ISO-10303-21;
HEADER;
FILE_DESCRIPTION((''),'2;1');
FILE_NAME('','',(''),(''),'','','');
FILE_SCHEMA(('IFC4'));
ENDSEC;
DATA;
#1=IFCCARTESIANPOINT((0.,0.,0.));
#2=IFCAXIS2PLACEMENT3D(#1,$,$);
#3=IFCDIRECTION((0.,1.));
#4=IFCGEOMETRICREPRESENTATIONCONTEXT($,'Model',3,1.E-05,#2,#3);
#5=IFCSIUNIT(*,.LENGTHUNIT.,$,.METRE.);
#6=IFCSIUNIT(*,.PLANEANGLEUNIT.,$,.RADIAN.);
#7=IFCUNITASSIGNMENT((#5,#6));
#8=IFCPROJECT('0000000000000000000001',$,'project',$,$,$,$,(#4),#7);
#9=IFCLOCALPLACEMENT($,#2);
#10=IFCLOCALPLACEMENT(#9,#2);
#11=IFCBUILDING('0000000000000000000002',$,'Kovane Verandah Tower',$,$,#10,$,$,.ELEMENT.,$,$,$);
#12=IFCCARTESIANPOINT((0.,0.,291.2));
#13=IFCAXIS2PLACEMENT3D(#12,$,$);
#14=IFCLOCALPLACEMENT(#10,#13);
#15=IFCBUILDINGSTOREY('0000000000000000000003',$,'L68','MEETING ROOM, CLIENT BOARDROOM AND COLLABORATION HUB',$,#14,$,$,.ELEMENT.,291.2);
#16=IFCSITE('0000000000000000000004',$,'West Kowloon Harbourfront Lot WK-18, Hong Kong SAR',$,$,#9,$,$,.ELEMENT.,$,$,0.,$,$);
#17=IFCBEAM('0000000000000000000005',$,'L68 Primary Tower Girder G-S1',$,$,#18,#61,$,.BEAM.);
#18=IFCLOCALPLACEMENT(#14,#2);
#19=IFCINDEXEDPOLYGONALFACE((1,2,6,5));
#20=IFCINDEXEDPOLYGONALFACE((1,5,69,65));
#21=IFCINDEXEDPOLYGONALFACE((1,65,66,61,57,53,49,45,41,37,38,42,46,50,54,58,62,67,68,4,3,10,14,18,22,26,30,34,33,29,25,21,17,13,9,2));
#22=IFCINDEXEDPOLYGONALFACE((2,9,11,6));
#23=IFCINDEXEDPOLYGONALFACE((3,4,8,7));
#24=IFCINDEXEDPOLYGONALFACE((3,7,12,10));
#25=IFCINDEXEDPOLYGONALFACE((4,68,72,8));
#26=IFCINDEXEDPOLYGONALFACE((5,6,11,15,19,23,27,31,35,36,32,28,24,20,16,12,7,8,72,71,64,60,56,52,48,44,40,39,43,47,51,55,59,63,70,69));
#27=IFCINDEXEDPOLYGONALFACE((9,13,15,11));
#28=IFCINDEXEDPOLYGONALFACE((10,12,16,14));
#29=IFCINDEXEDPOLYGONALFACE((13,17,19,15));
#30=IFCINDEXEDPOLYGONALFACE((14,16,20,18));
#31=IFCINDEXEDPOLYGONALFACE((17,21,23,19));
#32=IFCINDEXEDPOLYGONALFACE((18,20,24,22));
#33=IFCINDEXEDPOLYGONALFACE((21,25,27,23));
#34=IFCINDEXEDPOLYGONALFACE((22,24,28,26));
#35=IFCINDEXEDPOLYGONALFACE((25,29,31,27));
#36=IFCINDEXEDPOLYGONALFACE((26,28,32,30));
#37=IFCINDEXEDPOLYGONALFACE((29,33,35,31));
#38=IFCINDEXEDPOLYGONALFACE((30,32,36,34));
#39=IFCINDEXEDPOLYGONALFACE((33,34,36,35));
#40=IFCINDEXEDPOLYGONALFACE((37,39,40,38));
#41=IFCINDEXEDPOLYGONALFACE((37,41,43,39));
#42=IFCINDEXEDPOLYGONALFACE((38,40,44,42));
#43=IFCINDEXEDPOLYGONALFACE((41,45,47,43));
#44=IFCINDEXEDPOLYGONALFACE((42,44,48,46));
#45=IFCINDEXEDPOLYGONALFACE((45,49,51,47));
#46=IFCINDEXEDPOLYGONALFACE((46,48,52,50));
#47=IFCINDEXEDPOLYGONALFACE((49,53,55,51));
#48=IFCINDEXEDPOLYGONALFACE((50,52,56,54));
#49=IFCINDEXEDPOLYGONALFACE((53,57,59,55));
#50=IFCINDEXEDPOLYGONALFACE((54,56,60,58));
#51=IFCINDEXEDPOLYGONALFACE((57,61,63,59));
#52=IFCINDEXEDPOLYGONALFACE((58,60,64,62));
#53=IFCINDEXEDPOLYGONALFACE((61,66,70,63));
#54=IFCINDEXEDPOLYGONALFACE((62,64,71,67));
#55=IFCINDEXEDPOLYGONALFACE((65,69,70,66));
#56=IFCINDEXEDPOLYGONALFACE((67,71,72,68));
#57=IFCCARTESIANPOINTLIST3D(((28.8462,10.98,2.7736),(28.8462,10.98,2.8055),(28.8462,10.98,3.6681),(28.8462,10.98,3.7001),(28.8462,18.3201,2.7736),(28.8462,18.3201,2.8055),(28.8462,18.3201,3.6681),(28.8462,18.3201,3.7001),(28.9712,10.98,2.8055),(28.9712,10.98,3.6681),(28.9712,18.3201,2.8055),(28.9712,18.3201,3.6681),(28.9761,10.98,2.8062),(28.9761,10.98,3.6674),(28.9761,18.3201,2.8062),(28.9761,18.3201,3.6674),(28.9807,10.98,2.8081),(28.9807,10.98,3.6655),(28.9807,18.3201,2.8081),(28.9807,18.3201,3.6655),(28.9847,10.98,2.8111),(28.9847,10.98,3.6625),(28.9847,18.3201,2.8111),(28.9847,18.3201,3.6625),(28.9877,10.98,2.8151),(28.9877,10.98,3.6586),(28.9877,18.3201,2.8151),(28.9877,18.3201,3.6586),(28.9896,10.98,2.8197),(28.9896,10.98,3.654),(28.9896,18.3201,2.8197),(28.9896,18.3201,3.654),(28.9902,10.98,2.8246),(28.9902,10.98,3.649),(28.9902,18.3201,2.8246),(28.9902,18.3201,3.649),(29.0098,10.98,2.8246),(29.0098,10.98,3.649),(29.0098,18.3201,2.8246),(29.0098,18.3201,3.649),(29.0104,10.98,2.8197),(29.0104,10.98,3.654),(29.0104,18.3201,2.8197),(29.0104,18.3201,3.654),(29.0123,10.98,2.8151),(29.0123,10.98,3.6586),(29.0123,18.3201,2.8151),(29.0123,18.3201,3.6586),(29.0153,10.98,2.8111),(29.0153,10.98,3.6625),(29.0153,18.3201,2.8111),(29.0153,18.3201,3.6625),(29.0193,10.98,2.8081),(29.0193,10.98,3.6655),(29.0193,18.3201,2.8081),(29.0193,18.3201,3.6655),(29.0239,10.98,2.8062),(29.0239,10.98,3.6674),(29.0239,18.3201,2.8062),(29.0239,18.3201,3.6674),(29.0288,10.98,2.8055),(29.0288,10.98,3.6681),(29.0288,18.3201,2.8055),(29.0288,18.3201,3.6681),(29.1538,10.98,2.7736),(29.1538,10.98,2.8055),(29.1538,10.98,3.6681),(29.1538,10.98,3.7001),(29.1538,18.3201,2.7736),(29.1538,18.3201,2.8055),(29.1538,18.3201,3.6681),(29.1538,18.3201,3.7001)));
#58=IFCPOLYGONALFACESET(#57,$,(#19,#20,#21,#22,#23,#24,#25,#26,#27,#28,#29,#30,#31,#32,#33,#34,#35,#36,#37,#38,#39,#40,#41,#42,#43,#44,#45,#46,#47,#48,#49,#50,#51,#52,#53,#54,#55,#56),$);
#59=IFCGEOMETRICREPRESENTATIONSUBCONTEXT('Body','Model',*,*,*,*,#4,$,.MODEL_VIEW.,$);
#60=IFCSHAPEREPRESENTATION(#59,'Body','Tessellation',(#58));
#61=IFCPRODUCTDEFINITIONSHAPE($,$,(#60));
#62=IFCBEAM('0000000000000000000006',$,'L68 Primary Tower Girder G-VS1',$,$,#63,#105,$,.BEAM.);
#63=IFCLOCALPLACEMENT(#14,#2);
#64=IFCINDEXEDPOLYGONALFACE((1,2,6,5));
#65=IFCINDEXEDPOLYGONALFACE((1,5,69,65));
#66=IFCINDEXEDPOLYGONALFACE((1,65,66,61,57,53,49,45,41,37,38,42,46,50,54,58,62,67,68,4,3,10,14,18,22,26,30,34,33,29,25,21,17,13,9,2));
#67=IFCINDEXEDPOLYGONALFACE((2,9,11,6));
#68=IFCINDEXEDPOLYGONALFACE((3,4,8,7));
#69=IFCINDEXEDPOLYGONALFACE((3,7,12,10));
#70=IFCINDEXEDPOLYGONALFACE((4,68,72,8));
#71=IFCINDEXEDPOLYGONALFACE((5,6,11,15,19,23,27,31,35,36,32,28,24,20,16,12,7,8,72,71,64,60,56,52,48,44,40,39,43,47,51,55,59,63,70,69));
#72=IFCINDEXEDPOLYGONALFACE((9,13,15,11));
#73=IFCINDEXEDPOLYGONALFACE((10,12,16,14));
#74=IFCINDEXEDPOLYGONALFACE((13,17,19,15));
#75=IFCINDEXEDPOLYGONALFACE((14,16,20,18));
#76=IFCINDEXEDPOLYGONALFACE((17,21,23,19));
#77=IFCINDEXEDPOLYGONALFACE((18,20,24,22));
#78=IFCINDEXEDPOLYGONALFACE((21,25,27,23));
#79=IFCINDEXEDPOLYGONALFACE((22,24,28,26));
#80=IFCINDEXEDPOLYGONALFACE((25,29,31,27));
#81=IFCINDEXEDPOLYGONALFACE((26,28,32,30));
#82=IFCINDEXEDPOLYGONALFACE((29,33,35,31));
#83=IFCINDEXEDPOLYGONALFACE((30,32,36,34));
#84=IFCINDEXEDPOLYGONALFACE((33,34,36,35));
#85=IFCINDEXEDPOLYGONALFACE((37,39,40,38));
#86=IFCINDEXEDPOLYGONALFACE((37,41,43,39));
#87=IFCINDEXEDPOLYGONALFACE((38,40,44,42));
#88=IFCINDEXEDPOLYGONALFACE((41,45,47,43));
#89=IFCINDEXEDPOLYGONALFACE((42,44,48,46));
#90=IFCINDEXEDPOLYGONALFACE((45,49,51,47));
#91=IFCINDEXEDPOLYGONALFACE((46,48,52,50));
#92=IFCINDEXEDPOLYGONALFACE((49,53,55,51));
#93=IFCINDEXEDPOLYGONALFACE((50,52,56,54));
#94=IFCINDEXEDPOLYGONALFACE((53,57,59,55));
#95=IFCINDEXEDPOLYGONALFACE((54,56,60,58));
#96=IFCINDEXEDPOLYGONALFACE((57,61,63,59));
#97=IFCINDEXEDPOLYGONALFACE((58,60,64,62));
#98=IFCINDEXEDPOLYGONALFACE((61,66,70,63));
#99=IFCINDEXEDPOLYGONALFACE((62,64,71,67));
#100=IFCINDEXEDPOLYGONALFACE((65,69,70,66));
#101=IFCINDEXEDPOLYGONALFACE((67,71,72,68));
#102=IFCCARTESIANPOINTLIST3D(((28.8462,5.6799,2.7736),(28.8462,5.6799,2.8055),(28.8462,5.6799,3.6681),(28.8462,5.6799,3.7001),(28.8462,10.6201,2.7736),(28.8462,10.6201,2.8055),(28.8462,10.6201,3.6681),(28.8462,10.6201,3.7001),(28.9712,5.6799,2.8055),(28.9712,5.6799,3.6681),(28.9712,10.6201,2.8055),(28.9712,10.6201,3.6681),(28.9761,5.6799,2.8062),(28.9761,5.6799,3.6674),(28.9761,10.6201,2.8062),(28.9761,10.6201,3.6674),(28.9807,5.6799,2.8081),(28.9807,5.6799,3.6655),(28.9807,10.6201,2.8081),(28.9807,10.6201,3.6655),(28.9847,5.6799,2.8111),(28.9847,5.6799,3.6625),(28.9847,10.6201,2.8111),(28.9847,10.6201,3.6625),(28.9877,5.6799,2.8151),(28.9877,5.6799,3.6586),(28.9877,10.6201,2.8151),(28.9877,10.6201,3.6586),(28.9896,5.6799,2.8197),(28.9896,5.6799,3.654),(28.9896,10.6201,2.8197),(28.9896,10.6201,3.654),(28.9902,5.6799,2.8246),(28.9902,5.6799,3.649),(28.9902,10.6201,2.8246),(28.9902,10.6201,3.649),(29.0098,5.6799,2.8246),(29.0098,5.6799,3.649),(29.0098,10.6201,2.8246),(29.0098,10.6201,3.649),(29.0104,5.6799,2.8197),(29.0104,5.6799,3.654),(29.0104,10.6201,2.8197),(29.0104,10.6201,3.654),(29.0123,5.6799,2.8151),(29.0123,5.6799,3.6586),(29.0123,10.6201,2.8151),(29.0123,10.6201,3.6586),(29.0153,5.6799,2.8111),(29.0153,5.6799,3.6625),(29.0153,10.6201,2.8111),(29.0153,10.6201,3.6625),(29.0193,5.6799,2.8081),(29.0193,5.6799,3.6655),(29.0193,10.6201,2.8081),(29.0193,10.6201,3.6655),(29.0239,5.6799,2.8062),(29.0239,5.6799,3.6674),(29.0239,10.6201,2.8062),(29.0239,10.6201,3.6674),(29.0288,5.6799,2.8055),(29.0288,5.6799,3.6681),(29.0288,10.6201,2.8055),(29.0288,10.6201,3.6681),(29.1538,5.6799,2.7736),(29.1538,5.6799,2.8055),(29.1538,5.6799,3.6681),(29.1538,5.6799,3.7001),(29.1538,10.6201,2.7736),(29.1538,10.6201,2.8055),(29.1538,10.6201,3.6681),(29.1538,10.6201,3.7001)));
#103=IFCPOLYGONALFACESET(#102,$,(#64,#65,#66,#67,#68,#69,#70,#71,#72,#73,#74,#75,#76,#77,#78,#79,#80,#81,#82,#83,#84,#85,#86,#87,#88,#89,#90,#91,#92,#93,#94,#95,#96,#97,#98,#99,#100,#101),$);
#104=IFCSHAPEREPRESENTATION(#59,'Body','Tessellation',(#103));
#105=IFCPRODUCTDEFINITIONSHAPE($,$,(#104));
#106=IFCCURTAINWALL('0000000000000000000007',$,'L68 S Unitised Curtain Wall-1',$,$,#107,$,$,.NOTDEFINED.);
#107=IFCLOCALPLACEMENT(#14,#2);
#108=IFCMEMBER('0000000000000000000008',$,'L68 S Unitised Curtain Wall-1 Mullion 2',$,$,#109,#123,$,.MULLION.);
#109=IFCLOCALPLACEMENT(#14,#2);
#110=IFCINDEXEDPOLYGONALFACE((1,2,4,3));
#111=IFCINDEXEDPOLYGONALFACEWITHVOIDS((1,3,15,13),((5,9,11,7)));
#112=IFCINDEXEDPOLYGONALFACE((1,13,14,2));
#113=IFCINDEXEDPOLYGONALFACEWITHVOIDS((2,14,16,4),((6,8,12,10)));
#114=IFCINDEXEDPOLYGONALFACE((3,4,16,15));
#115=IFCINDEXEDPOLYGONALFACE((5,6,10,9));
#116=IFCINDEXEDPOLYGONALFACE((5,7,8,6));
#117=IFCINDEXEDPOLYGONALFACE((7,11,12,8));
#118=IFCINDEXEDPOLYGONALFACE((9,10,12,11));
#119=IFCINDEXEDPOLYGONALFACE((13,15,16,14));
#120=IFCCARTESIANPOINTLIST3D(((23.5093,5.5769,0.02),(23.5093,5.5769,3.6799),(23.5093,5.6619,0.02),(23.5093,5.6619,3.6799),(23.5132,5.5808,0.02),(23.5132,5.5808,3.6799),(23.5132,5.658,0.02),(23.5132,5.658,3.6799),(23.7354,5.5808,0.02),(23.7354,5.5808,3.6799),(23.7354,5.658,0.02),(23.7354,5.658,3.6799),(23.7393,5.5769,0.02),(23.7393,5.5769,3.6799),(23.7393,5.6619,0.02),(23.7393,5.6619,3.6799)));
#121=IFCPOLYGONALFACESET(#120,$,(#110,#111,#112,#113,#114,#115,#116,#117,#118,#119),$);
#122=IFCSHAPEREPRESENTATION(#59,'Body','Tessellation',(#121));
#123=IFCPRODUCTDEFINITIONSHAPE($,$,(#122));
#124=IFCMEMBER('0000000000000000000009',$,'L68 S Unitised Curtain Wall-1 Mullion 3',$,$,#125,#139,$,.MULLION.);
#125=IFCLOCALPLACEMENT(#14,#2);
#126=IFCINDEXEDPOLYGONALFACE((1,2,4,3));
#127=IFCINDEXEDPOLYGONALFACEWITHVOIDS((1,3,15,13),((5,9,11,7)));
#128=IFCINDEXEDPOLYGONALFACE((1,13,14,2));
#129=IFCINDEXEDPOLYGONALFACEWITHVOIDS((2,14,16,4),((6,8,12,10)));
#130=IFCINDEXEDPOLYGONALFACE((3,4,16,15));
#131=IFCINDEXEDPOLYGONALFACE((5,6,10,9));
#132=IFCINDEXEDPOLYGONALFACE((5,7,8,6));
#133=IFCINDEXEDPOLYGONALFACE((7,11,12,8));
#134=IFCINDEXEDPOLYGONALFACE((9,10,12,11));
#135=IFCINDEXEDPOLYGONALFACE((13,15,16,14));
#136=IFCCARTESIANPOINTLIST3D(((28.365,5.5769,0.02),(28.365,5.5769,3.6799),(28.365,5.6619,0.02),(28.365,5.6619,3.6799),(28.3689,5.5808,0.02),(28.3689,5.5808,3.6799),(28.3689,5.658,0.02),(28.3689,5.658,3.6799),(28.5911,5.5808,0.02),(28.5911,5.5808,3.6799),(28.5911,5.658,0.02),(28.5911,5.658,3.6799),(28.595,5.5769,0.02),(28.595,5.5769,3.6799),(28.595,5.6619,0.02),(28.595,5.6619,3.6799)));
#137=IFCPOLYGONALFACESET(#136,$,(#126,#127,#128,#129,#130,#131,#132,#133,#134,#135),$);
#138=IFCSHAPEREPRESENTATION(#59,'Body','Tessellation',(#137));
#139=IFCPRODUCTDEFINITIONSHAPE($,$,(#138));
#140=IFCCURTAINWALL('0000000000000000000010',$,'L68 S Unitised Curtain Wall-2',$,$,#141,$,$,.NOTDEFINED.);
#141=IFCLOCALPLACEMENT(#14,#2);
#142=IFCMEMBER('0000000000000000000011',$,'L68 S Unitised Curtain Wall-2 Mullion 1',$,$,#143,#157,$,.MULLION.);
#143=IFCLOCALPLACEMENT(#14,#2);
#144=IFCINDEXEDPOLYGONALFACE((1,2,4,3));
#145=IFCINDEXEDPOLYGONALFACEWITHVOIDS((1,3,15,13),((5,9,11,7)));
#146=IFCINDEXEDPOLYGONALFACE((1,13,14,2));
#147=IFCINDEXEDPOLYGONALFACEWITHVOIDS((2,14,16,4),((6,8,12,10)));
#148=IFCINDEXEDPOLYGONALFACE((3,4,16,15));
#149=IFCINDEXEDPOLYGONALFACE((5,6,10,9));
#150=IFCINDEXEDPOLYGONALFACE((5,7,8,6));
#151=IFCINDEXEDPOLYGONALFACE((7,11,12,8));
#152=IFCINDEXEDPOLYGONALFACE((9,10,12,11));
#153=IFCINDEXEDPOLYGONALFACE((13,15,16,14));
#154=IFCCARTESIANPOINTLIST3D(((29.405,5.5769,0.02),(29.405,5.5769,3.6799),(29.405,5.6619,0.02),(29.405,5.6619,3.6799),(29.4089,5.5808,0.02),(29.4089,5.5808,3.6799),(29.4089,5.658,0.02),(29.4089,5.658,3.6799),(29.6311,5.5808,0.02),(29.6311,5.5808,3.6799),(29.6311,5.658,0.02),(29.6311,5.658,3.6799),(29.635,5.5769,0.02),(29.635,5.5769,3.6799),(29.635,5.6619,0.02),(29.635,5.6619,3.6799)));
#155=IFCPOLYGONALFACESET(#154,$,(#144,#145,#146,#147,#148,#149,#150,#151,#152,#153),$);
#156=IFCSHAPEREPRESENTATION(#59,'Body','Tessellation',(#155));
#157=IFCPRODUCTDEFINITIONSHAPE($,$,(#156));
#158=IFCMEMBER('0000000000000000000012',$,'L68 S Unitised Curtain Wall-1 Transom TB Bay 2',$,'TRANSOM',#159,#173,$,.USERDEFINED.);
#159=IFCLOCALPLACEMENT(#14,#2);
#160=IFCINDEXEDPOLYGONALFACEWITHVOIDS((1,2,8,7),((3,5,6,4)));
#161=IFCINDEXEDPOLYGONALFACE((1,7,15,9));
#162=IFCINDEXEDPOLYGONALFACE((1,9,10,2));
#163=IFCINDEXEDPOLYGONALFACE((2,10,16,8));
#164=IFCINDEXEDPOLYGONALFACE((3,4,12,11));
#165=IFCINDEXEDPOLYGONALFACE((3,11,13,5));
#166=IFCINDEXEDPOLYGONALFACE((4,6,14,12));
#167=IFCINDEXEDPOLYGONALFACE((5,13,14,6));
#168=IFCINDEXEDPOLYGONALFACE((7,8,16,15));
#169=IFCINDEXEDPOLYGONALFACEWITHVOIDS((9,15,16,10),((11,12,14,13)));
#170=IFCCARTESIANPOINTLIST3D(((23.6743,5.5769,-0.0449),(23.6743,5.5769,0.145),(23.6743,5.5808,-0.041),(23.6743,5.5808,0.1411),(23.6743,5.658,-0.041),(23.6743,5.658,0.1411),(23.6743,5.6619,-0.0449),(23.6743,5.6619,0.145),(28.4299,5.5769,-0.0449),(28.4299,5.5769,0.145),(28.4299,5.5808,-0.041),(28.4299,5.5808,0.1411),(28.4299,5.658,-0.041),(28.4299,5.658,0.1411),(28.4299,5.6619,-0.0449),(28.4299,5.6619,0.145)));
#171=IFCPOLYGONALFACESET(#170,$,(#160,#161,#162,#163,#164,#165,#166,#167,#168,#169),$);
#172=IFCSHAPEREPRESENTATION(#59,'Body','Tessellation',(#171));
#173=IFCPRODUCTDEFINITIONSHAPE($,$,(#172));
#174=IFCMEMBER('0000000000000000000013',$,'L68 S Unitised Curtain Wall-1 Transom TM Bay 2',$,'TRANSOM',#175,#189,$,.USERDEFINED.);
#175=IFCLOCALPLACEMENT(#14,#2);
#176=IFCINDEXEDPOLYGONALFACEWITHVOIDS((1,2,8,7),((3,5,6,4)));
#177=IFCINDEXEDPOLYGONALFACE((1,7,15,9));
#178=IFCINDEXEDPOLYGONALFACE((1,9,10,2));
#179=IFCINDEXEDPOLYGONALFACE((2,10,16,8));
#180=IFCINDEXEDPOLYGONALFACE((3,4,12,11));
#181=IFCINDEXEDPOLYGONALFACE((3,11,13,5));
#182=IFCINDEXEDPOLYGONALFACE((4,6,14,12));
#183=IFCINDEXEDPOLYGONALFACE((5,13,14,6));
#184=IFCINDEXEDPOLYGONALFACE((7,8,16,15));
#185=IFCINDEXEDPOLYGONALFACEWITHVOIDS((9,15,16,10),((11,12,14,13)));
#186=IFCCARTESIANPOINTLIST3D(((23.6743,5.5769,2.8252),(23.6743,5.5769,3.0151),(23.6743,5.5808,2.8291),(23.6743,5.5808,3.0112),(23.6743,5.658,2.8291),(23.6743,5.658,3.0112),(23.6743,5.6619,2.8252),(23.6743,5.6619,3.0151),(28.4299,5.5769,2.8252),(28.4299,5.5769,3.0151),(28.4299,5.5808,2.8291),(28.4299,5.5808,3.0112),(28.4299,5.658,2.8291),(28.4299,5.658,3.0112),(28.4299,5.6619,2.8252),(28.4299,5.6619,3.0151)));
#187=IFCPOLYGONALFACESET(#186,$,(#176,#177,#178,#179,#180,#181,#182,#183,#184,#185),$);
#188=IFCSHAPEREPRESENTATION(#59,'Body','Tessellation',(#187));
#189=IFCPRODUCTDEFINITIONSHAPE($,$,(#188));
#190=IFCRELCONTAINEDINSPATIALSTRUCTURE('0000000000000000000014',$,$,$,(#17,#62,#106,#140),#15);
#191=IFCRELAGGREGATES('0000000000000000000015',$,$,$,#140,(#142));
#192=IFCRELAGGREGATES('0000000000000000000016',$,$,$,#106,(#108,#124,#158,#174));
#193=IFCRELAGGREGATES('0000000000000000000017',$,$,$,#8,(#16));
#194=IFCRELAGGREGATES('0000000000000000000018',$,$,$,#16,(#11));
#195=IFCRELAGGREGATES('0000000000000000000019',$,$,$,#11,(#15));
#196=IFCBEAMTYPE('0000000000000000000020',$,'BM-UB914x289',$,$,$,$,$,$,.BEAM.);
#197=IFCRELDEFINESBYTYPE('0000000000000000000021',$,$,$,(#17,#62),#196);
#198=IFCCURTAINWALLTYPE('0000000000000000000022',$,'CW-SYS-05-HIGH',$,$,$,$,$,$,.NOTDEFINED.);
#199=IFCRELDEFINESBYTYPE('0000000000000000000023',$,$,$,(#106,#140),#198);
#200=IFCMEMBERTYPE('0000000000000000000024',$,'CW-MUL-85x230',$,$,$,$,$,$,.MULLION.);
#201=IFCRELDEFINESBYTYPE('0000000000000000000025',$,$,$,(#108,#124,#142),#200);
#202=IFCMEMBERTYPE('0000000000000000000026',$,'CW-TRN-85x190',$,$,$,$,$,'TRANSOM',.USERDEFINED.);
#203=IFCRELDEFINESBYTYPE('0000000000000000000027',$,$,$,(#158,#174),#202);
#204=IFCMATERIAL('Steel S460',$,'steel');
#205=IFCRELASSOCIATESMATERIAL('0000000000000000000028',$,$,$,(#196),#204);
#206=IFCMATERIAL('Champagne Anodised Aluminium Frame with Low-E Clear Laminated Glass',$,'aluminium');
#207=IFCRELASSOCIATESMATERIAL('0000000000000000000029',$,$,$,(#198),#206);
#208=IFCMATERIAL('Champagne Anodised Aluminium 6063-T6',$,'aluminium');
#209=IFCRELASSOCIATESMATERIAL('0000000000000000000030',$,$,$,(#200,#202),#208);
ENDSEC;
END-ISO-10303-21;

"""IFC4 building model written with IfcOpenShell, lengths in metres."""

from ifc_helpers import new_model, si_unit, direction, frame, origin, origin_2d, place, context, subcontext, project, spatial, hollow_rectangle, i_section, extrude, material, material_profile, profile_set, type_object, element, aggregate, save


model = new_model("IFC4")

# Units and contexts
model_context = context("Model", 3, precision=1e-05, world=origin(), true_north=direction((0.0, 1.0)))
body_context = subcontext(model_context, "Body", "Model", "MODEL_VIEW")
ifc_project = project(units=[si_unit("LENGTHUNIT", "METRE"), si_unit("PLANEANGLEUNIT", "RADIAN")], contexts=[model_context])

# Site, building, storey
site_placement = place(None, origin())
site = spatial("IfcSite", under=ifc_project, at=site_placement, Name="West Kowloon Harbourfront Lot WK-18, Hong Kong SAR", CompositionType="ELEMENT", RefElevation=0.0)
building_placement = place(site_placement, origin())
building = spatial("IfcBuilding", under=site, at=building_placement, Name="Kovane Verandah Tower", CompositionType="ELEMENT")
storey_placement = place(building_placement, frame((0.0, 0.0, 291.2)))
storey = spatial("IfcBuildingStorey", under=building, at=storey_placement, Name="L68", Description="MEETING ROOM, CLIENT BOARDROOM AND COLLABORATION HUB", CompositionType="ELEMENT", Elevation=291.2)

# Shared definitions
ifc_material_1 = material(Name="Steel S460", Category="steel")

# Beams
ifc_material_profile_1 = material_profile(ifc_material_1, i_section(OverallWidth=0.3076, OverallDepth=0.9265, WebThickness=0.0195, FlangeThickness=0.032, FilletRadius=0.019, at=origin_2d()), Name="UB914x305x289")
ifc_profile_set_1 = profile_set([ifc_material_profile_1], Name="Steel S460")
beam_type_1 = type_object("IfcBeamType", Name="BM-UB914x289", PredefinedType="BEAM", material=ifc_profile_set_1)
beam_1_placement = place(storey_placement, frame((29.0, 18.3201, 3.2368), z_axis=(0.0, -1.0, 0.0), x_axis=(1.0, 0.0, 0.0)))
element("IfcBeam", 1, at=beam_1_placement, inside=storey, type_object=beam_type_1, Name="L68 Primary Tower Girder G-S1", PredefinedType="BEAM", context=body_context, shape_type="SweptSolid", body=[
    extrude(i_section(OverallWidth=0.3076, OverallDepth=0.9265, WebThickness=0.0195, FlangeThickness=0.032, FilletRadius=0.019, at=origin_2d()), origin(), (0.0, 0.0, 1.0), 7.3401),
])
beam_2_placement = place(storey_placement, frame((29.0, 10.6201, 3.2368), z_axis=(0.0, -1.0, 0.0), x_axis=(1.0, 0.0, 0.0)))
element("IfcBeam", 2, at=beam_2_placement, inside=storey, type_object=beam_type_1, Name="L68 Primary Tower Girder G-VS1", PredefinedType="BEAM", context=body_context, shape_type="SweptSolid", body=[
    extrude(i_section(OverallWidth=0.3076, OverallDepth=0.9265, WebThickness=0.0195, FlangeThickness=0.032, FilletRadius=0.019, at=origin_2d()), origin(), (0.0, 0.0, 1.0), 4.9402),
])

# Curtain wall, members
ifc_material_2 = material(Name="Champagne Anodised Aluminium Frame with Low-E Clear Laminated Glass", Category="aluminium")
curtain_wall_type = type_object("IfcCurtainWallType", Name="CW-SYS-05-HIGH", PredefinedType="NOTDEFINED", material=ifc_material_2)
curtain_wall_1_placement = place(storey_placement, origin())
curtain_wall_1 = element("IfcCurtainWall", 3, at=curtain_wall_1_placement, inside=storey, type_object=curtain_wall_type, Name="L68 S Unitised Curtain Wall-1", PredefinedType="NOTDEFINED")
ifc_material_3 = material(Name="Champagne Anodised Aluminium 6063-T6", Category="aluminium")
ifc_material_profile_2 = material_profile(ifc_material_3, hollow_rectangle(XDim=0.085, YDim=0.23, WallThickness=0.0039, at=origin_2d()), Name="AL85x230x4")
ifc_profile_set_2 = profile_set([ifc_material_profile_2], Name="Champagne Anodised Aluminium 6063-T6")
member_type_1 = type_object("IfcMemberType", Name="CW-MUL-85x230", PredefinedType="MULLION", material=ifc_profile_set_2)
member_1_placement = place(storey_placement, frame((23.6243, 5.6194, 0.02), z_axis=(0.0, 0.0, 1.0), x_axis=(0.0, -1.0, 0.0)))
member_1 = element("IfcMember", 4, at=member_1_placement, type_object=member_type_1, Name="L68 S Unitised Curtain Wall-1 Mullion 2", PredefinedType="MULLION", context=body_context, shape_type="SweptSolid", body=[
    extrude(hollow_rectangle(XDim=0.085, YDim=0.23, WallThickness=0.0039, at=origin_2d()), origin(), (0.0, 0.0, 1.0), 3.6599),
])
member_2_placement = place(storey_placement, frame((28.48, 5.6194, 0.02), z_axis=(0.0, 0.0, 1.0), x_axis=(0.0, -1.0, 0.0)))
member_2 = element("IfcMember", 5, at=member_2_placement, type_object=member_type_1, Name="L68 S Unitised Curtain Wall-1 Mullion 3", PredefinedType="MULLION", context=body_context, shape_type="SweptSolid", body=[
    extrude(hollow_rectangle(XDim=0.085, YDim=0.23, WallThickness=0.0039, at=origin_2d()), origin(), (0.0, 0.0, 1.0), 3.6599),
])

# Curtain wall, member
curtain_wall_2_placement = place(storey_placement, origin())
curtain_wall_2 = element("IfcCurtainWall", 6, at=curtain_wall_2_placement, inside=storey, type_object=curtain_wall_type, Name="L68 S Unitised Curtain Wall-2", PredefinedType="NOTDEFINED")
member_3_placement = place(storey_placement, frame((29.52, 5.6194, 0.02), z_axis=(0.0, 0.0, 1.0), x_axis=(0.0, -1.0, 0.0)))
member_3 = element("IfcMember", 7, at=member_3_placement, type_object=member_type_1, Name="L68 S Unitised Curtain Wall-2 Mullion 1", PredefinedType="MULLION", context=body_context, shape_type="SweptSolid", body=[
    extrude(hollow_rectangle(XDim=0.085, YDim=0.23, WallThickness=0.0039, at=origin_2d()), origin(), (0.0, 0.0, 1.0), 3.6599),
])

# Members
ifc_material_profile_3 = material_profile(ifc_material_3, hollow_rectangle(XDim=0.085, YDim=0.1899, WallThickness=0.0039, at=origin_2d()), Name="AL85x190x4")
ifc_profile_set_3 = profile_set([ifc_material_profile_3], Name="Champagne Anodised Aluminium 6063-T6")
member_type_2 = type_object("IfcMemberType", Name="CW-TRN-85x190", ElementType="TRANSOM", PredefinedType="USERDEFINED", material=ifc_profile_set_3)
member_4_placement = place(storey_placement, frame((23.6743, 5.6194, 0.05), z_axis=(1.0, 0.0, 0.0), x_axis=(0.0, 1.0, 0.0)))
member_4 = element("IfcMember", 8, at=member_4_placement, type_object=member_type_2, Name="L68 S Unitised Curtain Wall-1 Transom TB Bay 2", ObjectType="TRANSOM", PredefinedType="USERDEFINED", context=body_context, shape_type="SweptSolid", body=[
    extrude(hollow_rectangle(XDim=0.085, YDim=0.1899, WallThickness=0.0039, at=origin_2d()), origin(), (0.0, 0.0, 1.0), 4.7556),
])
member_5_placement = place(storey_placement, frame((23.6743, 5.6194, 2.9202), z_axis=(1.0, 0.0, 0.0), x_axis=(0.0, 1.0, 0.0)))
member_5 = element("IfcMember", 9, at=member_5_placement, type_object=member_type_2, Name="L68 S Unitised Curtain Wall-1 Transom TM Bay 2", ObjectType="TRANSOM", PredefinedType="USERDEFINED", context=body_context, shape_type="SweptSolid", body=[
    extrude(hollow_rectangle(XDim=0.085, YDim=0.1899, WallThickness=0.0039, at=origin_2d()), origin(), (0.0, 0.0, 1.0), 4.7556),
])
aggregate(curtain_wall_2, [member_3])

aggregate(curtain_wall_1, [member_1, member_2, member_4, member_5])

save(model, "model.ifc")
